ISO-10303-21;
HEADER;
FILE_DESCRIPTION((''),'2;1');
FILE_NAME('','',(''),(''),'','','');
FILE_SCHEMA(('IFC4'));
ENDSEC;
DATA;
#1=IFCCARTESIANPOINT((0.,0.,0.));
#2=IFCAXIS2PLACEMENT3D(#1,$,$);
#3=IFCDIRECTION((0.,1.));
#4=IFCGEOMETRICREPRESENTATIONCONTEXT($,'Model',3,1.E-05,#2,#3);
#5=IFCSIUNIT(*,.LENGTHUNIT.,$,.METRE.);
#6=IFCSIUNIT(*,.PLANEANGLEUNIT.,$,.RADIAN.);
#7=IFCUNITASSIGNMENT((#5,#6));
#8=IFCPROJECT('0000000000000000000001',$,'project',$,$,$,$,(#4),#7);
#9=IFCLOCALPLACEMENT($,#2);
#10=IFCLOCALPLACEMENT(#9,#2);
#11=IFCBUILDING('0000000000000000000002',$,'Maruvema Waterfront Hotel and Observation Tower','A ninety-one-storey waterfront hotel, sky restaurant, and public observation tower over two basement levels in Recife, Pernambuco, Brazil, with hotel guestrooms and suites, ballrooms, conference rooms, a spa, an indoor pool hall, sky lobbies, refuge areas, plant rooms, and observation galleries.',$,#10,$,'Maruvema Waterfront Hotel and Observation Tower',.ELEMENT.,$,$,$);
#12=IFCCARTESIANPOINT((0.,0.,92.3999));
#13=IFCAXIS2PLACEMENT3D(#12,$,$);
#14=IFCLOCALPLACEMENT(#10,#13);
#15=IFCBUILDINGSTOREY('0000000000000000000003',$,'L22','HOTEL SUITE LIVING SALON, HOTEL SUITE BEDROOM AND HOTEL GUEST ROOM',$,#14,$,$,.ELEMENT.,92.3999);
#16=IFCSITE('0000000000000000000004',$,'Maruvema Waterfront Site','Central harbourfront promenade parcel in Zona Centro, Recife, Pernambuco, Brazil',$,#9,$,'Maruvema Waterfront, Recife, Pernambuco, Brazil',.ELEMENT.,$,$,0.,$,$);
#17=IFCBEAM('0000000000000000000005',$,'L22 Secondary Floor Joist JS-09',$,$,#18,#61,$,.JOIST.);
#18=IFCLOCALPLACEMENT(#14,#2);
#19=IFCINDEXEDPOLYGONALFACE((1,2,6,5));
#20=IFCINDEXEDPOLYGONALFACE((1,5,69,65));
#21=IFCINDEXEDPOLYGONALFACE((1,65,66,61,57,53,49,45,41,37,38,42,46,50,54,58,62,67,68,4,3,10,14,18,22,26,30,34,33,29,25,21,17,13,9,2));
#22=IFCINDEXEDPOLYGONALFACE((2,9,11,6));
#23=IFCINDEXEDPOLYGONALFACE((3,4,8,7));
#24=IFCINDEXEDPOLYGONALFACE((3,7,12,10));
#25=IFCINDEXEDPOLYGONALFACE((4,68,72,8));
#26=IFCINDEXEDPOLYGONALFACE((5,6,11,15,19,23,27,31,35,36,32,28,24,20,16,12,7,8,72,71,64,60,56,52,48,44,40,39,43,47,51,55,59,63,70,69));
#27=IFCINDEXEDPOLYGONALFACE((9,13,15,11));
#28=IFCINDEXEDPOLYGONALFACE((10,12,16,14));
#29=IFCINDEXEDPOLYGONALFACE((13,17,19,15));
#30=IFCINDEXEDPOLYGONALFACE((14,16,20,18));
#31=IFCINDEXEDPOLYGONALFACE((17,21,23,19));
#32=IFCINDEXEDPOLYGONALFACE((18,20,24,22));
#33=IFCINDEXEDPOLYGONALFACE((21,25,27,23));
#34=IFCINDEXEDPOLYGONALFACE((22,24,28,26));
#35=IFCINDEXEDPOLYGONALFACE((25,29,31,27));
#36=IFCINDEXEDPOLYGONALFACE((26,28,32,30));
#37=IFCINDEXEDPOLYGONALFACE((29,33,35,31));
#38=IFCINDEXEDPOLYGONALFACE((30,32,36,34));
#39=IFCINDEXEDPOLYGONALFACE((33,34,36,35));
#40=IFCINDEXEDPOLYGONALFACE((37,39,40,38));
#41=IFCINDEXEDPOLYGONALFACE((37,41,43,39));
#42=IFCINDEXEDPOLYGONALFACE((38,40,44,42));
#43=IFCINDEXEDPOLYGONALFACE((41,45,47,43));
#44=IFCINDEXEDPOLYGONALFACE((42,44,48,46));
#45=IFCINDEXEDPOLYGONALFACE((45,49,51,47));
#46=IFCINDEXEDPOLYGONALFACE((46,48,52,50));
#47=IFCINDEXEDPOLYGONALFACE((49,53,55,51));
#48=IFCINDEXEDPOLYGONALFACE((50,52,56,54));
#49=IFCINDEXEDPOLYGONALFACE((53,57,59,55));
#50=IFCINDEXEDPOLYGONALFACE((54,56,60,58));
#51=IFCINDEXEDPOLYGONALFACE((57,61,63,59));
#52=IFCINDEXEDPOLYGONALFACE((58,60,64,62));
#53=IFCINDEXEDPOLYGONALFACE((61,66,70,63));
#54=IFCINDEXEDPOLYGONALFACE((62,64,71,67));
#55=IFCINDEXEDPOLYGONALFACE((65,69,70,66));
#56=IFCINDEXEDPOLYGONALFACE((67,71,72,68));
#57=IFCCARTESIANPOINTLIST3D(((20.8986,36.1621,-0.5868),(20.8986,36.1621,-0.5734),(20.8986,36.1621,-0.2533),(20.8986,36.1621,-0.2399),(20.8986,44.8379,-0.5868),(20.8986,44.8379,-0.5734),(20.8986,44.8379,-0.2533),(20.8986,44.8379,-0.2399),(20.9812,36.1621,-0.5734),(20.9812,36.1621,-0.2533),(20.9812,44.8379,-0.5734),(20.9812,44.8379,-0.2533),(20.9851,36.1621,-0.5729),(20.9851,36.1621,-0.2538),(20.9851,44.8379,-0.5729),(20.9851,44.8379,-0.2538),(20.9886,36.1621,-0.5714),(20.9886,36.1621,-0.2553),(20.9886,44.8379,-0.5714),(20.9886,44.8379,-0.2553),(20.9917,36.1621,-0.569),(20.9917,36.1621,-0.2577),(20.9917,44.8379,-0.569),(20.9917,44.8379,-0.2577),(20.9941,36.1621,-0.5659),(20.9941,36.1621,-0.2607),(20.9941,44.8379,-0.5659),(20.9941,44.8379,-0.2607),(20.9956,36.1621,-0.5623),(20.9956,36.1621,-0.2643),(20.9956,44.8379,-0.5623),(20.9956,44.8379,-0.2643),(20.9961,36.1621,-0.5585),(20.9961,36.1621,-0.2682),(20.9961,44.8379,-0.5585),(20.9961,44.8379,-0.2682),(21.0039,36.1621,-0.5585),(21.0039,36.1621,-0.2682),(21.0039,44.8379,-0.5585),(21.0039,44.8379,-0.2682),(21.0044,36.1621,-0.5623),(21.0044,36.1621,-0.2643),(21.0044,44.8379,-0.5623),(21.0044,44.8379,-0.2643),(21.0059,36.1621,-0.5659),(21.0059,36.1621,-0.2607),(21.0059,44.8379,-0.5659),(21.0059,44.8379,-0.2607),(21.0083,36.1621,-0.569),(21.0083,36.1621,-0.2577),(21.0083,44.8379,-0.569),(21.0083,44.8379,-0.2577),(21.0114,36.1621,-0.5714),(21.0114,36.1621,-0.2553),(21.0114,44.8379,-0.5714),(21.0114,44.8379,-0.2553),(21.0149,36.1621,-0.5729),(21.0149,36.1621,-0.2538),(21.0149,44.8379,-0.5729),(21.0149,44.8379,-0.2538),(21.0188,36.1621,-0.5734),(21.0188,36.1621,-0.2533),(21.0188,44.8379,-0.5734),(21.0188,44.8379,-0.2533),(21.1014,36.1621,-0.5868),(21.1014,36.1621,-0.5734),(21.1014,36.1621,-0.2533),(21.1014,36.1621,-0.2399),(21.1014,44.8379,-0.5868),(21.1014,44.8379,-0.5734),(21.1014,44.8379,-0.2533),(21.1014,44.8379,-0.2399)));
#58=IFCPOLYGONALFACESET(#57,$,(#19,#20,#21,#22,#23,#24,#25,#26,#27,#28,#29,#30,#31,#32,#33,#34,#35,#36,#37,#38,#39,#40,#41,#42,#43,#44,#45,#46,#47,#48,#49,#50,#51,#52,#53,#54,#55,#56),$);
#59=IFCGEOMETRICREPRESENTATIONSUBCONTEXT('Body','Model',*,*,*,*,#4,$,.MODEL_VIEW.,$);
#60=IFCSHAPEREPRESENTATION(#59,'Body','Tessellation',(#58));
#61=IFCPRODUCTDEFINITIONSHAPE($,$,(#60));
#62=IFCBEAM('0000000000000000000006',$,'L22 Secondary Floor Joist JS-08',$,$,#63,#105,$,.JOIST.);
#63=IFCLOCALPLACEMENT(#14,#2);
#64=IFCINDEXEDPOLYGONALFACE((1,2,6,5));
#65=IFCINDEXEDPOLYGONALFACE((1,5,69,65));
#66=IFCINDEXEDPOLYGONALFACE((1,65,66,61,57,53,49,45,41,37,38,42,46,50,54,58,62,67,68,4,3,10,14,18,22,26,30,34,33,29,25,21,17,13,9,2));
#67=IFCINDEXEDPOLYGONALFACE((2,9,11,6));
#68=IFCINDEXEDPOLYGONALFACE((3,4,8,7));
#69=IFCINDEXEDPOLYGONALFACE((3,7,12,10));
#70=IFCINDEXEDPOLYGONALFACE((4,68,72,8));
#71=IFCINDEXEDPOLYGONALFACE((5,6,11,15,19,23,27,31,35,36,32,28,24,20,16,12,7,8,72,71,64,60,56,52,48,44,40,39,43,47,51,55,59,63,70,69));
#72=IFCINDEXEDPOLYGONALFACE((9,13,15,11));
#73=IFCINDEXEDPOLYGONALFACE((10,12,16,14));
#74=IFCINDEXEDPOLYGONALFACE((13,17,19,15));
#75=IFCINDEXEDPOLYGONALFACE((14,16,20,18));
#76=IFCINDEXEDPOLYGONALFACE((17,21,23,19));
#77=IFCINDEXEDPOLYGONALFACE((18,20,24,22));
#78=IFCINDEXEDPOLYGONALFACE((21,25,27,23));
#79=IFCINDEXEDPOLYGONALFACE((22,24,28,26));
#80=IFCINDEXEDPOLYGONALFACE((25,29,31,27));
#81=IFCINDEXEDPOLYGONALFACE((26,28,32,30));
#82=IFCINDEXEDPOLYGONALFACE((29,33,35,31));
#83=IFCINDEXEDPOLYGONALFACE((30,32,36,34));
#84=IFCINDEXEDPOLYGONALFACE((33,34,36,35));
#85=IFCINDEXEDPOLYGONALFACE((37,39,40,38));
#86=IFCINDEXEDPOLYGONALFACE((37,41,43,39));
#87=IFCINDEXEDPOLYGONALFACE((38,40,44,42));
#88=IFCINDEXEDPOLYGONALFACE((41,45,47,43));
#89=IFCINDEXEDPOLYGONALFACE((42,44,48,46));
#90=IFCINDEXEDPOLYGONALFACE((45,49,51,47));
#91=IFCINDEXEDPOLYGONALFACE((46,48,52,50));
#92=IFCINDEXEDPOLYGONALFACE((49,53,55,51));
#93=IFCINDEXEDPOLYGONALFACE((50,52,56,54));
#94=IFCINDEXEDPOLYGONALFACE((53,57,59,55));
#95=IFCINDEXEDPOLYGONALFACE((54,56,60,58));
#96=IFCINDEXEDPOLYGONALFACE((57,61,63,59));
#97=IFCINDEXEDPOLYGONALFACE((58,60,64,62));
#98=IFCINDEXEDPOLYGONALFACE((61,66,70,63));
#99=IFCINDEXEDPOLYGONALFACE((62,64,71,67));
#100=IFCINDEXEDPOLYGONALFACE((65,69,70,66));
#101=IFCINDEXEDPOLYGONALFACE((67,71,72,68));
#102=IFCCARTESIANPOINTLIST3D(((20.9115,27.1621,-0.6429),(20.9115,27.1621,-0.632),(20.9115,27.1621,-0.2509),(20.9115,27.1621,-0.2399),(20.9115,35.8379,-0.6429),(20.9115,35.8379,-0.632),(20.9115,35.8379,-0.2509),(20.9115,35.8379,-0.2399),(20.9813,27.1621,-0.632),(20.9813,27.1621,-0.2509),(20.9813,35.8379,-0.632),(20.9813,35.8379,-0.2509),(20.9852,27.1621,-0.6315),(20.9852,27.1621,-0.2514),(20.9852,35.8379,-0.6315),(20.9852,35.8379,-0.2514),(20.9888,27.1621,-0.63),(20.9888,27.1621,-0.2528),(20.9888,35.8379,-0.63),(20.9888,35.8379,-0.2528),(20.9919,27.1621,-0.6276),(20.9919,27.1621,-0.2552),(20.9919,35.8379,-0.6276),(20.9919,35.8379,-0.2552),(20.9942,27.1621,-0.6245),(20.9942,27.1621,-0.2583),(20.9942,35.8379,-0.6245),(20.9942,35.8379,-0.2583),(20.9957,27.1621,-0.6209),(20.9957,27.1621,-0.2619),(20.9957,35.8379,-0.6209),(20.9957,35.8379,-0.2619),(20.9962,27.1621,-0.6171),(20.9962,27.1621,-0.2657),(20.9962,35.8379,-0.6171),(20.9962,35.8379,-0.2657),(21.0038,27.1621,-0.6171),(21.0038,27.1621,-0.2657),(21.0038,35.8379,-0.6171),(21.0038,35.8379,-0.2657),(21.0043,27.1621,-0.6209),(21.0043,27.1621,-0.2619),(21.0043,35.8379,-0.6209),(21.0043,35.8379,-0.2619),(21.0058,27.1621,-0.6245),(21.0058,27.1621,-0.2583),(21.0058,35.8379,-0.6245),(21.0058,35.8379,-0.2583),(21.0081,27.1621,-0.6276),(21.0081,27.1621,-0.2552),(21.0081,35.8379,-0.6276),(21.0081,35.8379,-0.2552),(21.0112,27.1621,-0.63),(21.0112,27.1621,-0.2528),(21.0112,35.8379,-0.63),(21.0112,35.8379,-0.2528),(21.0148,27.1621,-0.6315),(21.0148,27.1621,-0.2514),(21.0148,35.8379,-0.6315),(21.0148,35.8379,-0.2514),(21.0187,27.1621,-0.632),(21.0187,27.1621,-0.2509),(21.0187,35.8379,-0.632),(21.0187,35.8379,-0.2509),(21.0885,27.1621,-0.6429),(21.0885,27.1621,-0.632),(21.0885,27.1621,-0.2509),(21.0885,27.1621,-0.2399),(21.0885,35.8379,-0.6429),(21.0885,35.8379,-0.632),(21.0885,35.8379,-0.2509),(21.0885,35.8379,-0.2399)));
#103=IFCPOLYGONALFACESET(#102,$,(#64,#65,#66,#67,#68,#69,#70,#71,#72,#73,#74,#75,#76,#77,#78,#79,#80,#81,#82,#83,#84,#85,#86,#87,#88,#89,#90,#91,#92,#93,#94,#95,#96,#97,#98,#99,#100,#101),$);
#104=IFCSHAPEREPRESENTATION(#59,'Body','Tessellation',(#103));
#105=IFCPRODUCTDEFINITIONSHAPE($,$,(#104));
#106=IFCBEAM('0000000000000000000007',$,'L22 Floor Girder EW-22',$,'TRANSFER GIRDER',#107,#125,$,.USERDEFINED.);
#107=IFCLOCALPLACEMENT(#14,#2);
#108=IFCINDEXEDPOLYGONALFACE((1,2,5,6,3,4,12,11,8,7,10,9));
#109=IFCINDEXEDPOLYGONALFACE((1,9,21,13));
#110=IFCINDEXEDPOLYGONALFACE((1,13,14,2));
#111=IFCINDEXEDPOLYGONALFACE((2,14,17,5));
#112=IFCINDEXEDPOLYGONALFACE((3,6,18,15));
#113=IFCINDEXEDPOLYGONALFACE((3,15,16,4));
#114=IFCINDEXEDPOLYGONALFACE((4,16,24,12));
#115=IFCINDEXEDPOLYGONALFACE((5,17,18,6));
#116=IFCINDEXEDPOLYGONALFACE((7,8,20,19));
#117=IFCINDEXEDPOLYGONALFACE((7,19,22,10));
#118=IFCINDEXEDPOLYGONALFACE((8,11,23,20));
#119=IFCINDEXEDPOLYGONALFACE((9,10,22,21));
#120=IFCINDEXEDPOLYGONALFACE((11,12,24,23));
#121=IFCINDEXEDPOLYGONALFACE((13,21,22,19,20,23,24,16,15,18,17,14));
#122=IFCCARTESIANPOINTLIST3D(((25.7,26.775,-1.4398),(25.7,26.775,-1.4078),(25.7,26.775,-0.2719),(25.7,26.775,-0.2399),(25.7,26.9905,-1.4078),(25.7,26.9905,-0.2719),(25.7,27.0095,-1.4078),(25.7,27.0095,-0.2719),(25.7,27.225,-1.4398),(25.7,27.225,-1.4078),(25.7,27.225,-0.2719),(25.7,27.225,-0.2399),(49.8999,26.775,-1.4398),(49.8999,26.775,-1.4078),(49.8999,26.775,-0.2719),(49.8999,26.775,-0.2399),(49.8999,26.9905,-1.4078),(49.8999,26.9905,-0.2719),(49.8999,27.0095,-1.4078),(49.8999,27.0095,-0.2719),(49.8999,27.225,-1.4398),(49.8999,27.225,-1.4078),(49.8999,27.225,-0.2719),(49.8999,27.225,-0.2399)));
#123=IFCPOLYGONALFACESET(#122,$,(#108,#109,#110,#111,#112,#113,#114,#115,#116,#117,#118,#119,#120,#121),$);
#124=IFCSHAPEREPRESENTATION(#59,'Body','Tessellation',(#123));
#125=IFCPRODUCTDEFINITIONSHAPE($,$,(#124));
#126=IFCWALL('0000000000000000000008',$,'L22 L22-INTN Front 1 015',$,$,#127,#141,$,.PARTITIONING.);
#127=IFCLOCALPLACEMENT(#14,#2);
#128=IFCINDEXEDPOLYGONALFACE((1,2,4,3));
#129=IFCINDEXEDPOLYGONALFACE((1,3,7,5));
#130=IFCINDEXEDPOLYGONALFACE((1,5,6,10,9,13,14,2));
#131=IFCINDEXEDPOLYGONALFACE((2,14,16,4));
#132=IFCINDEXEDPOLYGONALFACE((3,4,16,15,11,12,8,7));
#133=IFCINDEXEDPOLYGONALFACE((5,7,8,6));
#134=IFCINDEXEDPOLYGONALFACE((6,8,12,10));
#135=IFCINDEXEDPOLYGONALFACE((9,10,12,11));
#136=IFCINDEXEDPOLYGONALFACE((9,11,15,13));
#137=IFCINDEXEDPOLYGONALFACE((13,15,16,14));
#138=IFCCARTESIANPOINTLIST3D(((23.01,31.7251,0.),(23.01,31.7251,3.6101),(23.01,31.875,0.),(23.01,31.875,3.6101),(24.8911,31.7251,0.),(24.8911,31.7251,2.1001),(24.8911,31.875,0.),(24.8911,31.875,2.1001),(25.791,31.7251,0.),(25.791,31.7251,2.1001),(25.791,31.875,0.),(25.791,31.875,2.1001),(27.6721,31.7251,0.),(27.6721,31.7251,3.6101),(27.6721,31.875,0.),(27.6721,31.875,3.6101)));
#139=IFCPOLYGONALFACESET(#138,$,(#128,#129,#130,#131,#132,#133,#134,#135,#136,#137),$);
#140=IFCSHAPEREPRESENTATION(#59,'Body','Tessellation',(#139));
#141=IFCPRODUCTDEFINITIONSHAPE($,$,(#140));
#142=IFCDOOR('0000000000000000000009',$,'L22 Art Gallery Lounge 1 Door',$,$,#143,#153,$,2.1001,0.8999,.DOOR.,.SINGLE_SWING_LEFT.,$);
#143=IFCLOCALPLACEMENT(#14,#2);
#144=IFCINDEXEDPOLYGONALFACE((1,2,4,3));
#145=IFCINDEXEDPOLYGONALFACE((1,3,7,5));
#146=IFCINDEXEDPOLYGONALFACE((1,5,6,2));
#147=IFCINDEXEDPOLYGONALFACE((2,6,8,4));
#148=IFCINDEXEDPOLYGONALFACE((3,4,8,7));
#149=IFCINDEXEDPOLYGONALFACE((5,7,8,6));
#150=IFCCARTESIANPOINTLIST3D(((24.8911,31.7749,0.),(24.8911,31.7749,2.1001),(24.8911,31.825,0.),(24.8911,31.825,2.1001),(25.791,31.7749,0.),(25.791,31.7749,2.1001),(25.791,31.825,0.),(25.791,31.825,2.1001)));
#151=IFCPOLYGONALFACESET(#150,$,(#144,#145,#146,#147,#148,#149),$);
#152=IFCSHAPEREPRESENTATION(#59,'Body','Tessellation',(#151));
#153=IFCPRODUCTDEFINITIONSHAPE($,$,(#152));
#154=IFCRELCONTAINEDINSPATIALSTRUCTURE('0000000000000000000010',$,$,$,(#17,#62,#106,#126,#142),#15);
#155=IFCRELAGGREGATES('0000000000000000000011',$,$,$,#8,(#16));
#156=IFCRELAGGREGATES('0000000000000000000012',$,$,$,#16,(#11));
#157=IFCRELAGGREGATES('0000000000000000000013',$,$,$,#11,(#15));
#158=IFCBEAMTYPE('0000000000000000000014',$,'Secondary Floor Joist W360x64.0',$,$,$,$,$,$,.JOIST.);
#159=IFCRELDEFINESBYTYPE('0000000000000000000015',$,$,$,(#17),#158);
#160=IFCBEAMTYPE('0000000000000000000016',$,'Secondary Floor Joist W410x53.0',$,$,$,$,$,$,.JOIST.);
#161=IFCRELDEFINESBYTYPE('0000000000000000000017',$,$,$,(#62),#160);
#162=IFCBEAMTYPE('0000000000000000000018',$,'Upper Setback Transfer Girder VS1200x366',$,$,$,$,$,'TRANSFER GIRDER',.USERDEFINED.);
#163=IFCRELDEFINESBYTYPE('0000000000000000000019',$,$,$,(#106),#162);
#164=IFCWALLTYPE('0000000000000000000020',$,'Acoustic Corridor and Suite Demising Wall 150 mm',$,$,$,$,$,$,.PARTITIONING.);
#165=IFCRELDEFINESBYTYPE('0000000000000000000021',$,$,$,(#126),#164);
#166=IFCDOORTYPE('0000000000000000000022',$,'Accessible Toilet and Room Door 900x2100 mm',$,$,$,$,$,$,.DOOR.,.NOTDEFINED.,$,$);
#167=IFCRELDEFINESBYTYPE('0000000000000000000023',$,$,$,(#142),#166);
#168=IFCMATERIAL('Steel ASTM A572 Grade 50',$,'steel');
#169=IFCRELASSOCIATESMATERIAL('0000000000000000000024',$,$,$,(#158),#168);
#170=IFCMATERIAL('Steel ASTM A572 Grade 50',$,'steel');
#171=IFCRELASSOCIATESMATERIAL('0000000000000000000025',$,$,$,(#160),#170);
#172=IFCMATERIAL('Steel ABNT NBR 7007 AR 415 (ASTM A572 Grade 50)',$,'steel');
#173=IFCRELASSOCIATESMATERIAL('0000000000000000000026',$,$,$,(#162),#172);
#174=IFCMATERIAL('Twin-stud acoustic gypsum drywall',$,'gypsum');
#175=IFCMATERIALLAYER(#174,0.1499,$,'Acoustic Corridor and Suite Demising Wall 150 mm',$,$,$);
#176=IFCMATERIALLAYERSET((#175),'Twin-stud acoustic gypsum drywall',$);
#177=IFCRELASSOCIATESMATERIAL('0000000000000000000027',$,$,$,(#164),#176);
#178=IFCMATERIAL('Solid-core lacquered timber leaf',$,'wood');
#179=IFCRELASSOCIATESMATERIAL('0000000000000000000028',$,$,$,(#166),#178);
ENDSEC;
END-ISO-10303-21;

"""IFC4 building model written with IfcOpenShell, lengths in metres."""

from ifc_helpers import new_model, si_unit, direction, frame, frame_2d, origin, origin_2d, place, context, subcontext, project, spatial, rectangle, i_section, extrude, material, layer, layer_set, material_profile, profile_set, type_object, element, fill, save


model = new_model("IFC4")

# Units and contexts
model_context = context("Model", 3, precision=1e-05, world=origin(), true_north=direction((0.0, 1.0)))
body_context = subcontext(model_context, "Body", "Model", "MODEL_VIEW")
ifc_project = project(units=[si_unit("LENGTHUNIT", "METRE"), si_unit("PLANEANGLEUNIT", "RADIAN")], contexts=[model_context])

# Site, building, storey
site_placement = place(None, origin())
site = spatial("IfcSite", under=ifc_project, at=site_placement, Name="Maruvema Waterfront Site", Description="Central harbourfront promenade parcel in Zona Centro, Recife, Pernambuco, Brazil", LongName="Maruvema Waterfront, Recife, Pernambuco, Brazil", CompositionType="ELEMENT", RefElevation=0.0)
building_placement = place(site_placement, origin())
building = spatial("IfcBuilding", under=site, at=building_placement, Name="Maruvema Waterfront Hotel and Observation Tower", Description="A ninety-one-storey waterfront hotel, sky restaurant, and public observation tower over two basement levels in Recife, Pernambuco, Brazil, with hotel guestrooms and suites, ballrooms, conference rooms, a spa, an indoor pool hall, sky lobbies, refuge areas, plant rooms, and observation galleries.", LongName="Maruvema Waterfront Hotel and Observation Tower", CompositionType="ELEMENT")
storey_placement = place(building_placement, frame((0.0, 0.0, 92.3999)))
storey = spatial("IfcBuildingStorey", under=building, at=storey_placement, Name="L22", Description="HOTEL SUITE LIVING SALON, HOTEL SUITE BEDROOM AND HOTEL GUEST ROOM", CompositionType="ELEMENT", Elevation=92.3999)

# Beams
ifc_material_1 = material(Name="Steel ASTM A572 Grade 50", Category="steel")
ifc_material_profile_1 = material_profile(ifc_material_1, i_section(OverallWidth=0.2029, OverallDepth=0.3469, WebThickness=0.0078, FlangeThickness=0.0134, FilletRadius=0.0149, at=origin_2d()), Name="W360x64.0")
ifc_profile_set_1 = profile_set([ifc_material_profile_1], Name="Steel ASTM A572 Grade 50")
beam_type_1 = type_object("IfcBeamType", Name="Secondary Floor Joist W360x64.0", PredefinedType="JOIST", material=ifc_profile_set_1)
beam_1_placement = place(storey_placement, frame((21.0, 36.1621, -0.4133), z_axis=(0.0, 1.0, 0.0), x_axis=(-1.0, 0.0, 0.0)))
element("IfcBeam", 1, at=beam_1_placement, inside=storey, type_object=beam_type_1, Name="L22 Secondary Floor Joist JS-09", PredefinedType="JOIST", context=body_context, shape_type="SweptSolid", body=[
    extrude(i_section(OverallWidth=0.2029, OverallDepth=0.3469, WebThickness=0.0078, FlangeThickness=0.0134, FilletRadius=0.0149, at=origin_2d()), origin(), (0.0, 0.0, 1.0), 8.6758),
])
ifc_material_2 = material(Name="Steel ASTM A572 Grade 50", Category="steel")
ifc_material_profile_2 = material_profile(ifc_material_2, i_section(OverallWidth=0.177, OverallDepth=0.4031, WebThickness=0.0076, FlangeThickness=0.011, FilletRadius=0.0149, at=origin_2d()), Name="W410x53.0")
ifc_profile_set_2 = profile_set([ifc_material_profile_2], Name="Steel ASTM A572 Grade 50")
beam_type_2 = type_object("IfcBeamType", Name="Secondary Floor Joist W410x53.0", PredefinedType="JOIST", material=ifc_profile_set_2)
beam_2_placement = place(storey_placement, frame((21.0, 27.1621, -0.4414), z_axis=(0.0, 1.0, 0.0), x_axis=(-1.0, 0.0, 0.0)))
element("IfcBeam", 2, at=beam_2_placement, inside=storey, type_object=beam_type_2, Name="L22 Secondary Floor Joist JS-08", PredefinedType="JOIST", context=body_context, shape_type="SweptSolid", body=[
    extrude(i_section(OverallWidth=0.177, OverallDepth=0.4031, WebThickness=0.0076, FlangeThickness=0.011, FilletRadius=0.0149, at=origin_2d()), origin(), (0.0, 0.0, 1.0), 8.6758),
])
ifc_material_3 = material(Name="Steel ABNT NBR 7007 AR 415 (ASTM A572 Grade 50)", Category="steel")
ifc_material_profile_3 = material_profile(ifc_material_3, i_section(OverallWidth=0.45, OverallDepth=1.2, WebThickness=0.019, FlangeThickness=0.032, at=origin_2d()), Name="VS1200x366")
ifc_profile_set_3 = profile_set([ifc_material_profile_3], Name="Steel ABNT NBR 7007 AR 415 (ASTM A572 Grade 50)")
beam_type_3 = type_object("IfcBeamType", Name="Upper Setback Transfer Girder VS1200x366", ElementType="TRANSFER GIRDER", PredefinedType="USERDEFINED", material=ifc_profile_set_3)
beam_3_placement = place(storey_placement, frame((25.7, 27.0, -0.8398), z_axis=(1.0, 0.0, 0.0), x_axis=(0.0, 1.0, 0.0)))
element("IfcBeam", 3, at=beam_3_placement, inside=storey, type_object=beam_type_3, Name="L22 Floor Girder EW-22", ObjectType="TRANSFER GIRDER", PredefinedType="USERDEFINED", context=body_context, shape_type="SweptSolid", body=[
    extrude(i_section(OverallWidth=0.45, OverallDepth=1.2, WebThickness=0.019, FlangeThickness=0.032, at=origin_2d()), origin(), (0.0, 0.0, 1.0), 24.2),
])

# Wall, opening, door
ifc_material_4 = material(Name="Twin-stud acoustic gypsum drywall", Category="gypsum")
ifc_layer = layer(ifc_material_4, 0.1499, Name="Acoustic Corridor and Suite Demising Wall 150 mm")
ifc_layer_set = layer_set([ifc_layer], Name="Twin-stud acoustic gypsum drywall")
wall_type = type_object("IfcWallType", Name="Acoustic Corridor and Suite Demising Wall 150 mm", PredefinedType="PARTITIONING", material=ifc_layer_set)
wall_1_placement = place(storey_placement, frame((23.01, 31.8, 0.0), z_axis=(0.0, 0.0, 1.0), x_axis=(1.0, 0.0, 0.0)))
wall_1 = element("IfcWall", 4, at=wall_1_placement, inside=storey, type_object=wall_type, Name="L22 L22-INTN Front 1 015", PredefinedType="PARTITIONING", context=body_context, shape_type="SweptSolid", body=[
    extrude(rectangle(XDim=4.6621, YDim=0.1499, at=frame_2d((2.3311, 0.0))), origin(), (0.0, 0.0, 1.0), 3.6101),
])
opening_1_placement = place(wall_1_placement, frame((1.8811, 0.0, 0.0)))
opening_1 = element("IfcOpeningElement", 5, at=opening_1_placement, cuts=wall_1, PredefinedType="OPENING", context=body_context, shape_type="SweptSolid", body=[
    extrude(rectangle(XDim=0.8999, YDim=2.1001, at=frame_2d((0.45, 1.05))), frame((0.0, 0.085, 0.0), z_axis=(0.0, -1.0, 0.0), x_axis=(1.0, 0.0, 0.0)), (0.0, 0.0, 1.0), 0.1699),
])
ifc_material_5 = material(Name="Solid-core lacquered timber leaf", Category="wood")
door_type = type_object("IfcDoorType", Name="Accessible Toilet and Room Door 900x2100 mm", OperationType="NOTDEFINED", PredefinedType="DOOR", material=ifc_material_5)
door_1_placement = place(opening_1_placement, origin())
door_1 = element("IfcDoor", 6, at=door_1_placement, inside=storey, type_object=door_type, Name="L22 Art Gallery Lounge 1 Door", OperationType="SINGLE_SWING_LEFT", OverallHeight=2.1001, OverallWidth=0.8999, PredefinedType="DOOR", context=body_context, shape_type="SweptSolid", body=[
    extrude(rectangle(XDim=0.8999, YDim=2.1001, at=frame_2d((0.45, 1.05))), frame((0.0, 0.0249, 0.0), z_axis=(0.0, -1.0, 0.0), x_axis=(1.0, 0.0, 0.0)), (0.0, 0.0, 1.0), 0.05),
])
fill(opening_1, door_1)

save(model, "model.ifc")
